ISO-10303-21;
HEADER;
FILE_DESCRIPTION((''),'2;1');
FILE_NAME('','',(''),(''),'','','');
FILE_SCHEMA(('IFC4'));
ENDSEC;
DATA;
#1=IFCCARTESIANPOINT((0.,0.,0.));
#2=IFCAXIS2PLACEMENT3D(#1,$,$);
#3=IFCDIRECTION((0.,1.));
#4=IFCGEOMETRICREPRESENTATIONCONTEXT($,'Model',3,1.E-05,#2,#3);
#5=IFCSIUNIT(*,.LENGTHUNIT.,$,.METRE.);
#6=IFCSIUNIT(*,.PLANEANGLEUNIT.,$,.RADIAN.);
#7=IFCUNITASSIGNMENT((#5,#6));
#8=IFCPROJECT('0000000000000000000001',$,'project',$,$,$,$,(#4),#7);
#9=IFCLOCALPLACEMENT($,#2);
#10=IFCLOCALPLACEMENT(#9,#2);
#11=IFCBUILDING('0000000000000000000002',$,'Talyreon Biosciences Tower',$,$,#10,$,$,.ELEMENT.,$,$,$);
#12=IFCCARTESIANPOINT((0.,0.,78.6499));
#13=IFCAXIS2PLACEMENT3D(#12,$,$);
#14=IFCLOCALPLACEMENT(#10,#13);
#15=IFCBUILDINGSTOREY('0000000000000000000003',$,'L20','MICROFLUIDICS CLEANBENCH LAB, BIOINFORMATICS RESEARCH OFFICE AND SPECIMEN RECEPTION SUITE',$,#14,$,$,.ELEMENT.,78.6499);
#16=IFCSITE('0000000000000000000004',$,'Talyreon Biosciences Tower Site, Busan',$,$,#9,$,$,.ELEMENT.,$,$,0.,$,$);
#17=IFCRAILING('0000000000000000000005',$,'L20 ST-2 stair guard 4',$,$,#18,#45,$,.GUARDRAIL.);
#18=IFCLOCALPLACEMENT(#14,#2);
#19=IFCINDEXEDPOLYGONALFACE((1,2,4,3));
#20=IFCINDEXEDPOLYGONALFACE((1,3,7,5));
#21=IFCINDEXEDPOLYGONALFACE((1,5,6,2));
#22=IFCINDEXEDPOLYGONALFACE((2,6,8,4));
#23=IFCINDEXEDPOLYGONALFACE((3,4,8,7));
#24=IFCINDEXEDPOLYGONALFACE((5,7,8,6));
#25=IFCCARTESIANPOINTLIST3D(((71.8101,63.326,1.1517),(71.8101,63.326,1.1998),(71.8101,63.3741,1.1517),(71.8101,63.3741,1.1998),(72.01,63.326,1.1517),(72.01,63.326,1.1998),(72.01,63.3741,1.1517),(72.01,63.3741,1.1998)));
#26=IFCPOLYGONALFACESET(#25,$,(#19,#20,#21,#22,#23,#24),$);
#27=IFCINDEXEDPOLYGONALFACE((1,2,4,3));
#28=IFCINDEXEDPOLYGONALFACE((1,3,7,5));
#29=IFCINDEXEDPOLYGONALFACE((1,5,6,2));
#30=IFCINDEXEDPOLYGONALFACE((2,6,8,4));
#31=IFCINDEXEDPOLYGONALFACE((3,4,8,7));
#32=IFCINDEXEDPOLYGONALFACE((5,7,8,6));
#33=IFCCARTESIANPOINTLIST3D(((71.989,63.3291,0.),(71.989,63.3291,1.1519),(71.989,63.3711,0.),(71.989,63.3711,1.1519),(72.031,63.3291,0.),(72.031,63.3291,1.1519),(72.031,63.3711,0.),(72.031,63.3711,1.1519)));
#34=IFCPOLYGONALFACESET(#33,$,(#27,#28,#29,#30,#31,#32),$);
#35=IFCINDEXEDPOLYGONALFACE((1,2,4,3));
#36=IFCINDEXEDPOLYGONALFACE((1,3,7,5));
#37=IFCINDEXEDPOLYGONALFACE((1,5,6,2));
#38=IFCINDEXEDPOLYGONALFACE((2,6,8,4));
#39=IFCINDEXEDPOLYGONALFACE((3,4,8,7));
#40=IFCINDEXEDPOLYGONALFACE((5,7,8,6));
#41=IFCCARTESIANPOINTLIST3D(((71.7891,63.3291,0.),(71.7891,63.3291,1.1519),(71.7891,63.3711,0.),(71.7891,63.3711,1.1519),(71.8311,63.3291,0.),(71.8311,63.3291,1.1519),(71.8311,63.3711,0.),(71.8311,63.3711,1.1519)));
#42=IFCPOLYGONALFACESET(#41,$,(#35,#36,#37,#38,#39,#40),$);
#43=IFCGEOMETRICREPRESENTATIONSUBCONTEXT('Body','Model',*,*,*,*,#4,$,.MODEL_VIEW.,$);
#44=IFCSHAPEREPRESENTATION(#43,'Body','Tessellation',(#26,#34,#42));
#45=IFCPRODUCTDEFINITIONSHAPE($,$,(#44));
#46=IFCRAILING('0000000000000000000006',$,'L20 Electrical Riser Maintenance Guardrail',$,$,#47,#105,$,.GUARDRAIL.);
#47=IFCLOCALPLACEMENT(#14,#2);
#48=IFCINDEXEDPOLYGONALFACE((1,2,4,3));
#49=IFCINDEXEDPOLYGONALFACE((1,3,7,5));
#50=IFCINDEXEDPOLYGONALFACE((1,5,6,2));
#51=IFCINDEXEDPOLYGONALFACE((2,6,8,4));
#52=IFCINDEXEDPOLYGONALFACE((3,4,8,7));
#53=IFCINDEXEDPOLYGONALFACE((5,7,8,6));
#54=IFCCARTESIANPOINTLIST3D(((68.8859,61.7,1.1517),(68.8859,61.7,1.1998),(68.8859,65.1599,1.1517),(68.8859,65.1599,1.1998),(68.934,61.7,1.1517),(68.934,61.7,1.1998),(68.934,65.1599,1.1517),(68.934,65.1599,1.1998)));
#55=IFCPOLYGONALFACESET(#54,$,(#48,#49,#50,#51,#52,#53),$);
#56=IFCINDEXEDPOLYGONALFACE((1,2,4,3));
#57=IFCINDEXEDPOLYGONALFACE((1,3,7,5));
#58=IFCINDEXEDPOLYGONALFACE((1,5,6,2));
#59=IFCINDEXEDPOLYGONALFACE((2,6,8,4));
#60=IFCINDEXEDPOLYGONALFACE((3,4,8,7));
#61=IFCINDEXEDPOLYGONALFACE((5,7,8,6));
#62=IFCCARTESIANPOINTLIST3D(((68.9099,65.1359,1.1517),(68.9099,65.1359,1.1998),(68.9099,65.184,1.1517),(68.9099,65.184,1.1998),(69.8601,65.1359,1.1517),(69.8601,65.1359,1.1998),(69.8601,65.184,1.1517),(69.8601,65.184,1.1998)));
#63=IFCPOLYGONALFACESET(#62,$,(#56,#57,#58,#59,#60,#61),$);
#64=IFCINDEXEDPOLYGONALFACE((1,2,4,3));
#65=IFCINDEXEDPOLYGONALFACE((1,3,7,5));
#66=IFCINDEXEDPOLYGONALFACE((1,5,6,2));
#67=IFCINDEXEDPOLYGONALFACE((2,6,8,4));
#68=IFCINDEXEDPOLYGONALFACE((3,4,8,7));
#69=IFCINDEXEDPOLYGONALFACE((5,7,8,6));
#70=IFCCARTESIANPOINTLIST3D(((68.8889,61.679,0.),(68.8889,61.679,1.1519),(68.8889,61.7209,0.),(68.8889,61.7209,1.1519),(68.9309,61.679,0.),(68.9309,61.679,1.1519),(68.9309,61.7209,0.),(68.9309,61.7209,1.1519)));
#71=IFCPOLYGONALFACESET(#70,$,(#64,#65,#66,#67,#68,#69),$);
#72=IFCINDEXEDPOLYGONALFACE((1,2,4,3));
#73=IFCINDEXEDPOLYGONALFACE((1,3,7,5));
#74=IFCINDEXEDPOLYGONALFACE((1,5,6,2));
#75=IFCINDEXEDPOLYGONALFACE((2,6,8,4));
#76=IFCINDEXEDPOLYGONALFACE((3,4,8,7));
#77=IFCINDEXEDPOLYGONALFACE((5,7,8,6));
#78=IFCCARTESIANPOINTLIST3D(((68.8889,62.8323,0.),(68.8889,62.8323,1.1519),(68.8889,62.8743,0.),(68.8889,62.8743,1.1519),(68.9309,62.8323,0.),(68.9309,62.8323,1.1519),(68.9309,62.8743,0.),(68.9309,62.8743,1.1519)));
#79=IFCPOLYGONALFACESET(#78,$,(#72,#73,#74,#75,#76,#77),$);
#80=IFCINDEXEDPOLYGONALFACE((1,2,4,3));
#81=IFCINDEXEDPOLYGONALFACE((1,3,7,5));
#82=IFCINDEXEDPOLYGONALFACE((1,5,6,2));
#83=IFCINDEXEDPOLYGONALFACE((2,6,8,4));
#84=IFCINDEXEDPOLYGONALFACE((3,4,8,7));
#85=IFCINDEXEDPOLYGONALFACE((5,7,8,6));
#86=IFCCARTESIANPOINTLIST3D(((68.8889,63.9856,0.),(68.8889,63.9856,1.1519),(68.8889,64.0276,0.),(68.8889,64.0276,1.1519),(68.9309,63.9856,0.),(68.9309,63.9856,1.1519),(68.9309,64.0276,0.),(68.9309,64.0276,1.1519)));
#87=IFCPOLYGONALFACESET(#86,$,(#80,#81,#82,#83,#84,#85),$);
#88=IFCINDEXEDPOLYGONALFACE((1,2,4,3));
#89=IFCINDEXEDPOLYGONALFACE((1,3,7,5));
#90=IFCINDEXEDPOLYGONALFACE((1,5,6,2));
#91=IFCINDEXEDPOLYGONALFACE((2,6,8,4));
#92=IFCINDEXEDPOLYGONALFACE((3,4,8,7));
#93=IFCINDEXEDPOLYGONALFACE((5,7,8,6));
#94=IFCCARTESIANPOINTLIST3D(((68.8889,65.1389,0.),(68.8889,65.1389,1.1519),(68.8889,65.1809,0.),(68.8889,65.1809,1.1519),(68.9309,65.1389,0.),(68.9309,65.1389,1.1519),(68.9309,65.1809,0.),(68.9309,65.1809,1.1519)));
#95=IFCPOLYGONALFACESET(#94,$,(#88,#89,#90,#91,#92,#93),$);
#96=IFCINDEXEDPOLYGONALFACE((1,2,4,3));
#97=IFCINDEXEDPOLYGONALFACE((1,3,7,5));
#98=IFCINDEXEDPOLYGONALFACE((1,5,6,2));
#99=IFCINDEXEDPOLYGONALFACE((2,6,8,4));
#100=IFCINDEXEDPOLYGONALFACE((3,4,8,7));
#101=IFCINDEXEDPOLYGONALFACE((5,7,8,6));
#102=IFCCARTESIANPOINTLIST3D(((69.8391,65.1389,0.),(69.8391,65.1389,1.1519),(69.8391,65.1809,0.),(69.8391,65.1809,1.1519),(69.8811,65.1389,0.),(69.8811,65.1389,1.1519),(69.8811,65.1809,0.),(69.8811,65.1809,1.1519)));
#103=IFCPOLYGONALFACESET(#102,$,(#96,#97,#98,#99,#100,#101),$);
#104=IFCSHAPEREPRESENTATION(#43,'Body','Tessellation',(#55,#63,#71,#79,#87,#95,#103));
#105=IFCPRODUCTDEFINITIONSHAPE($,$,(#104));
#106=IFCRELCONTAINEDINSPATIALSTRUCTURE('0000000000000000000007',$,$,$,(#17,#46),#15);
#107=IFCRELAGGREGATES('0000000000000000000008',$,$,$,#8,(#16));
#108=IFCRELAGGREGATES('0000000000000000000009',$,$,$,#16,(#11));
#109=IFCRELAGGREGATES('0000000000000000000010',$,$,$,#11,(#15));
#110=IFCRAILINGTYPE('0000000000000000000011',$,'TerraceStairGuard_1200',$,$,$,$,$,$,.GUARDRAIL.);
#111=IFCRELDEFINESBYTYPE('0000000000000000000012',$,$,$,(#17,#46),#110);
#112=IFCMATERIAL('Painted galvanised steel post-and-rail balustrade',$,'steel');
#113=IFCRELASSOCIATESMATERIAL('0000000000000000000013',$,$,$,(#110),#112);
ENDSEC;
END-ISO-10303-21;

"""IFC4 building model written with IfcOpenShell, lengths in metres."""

from ifc_helpers import new_model, si_unit, direction, frame, origin, origin_2d, place, context, subcontext, project, spatial, rectangle, extrude, material, type_object, element, save


model = new_model("IFC4")

# Units and contexts
model_context = context("Model", 3, precision=1e-05, world=origin(), true_north=direction((0.0, 1.0)))
body_context = subcontext(model_context, "Body", "Model", "MODEL_VIEW")
ifc_project = project(units=[si_unit("LENGTHUNIT", "METRE"), si_unit("PLANEANGLEUNIT", "RADIAN")], contexts=[model_context])

# Site, building, storey
site_placement = place(None, origin())
site = spatial("IfcSite", under=ifc_project, at=site_placement, Name="Talyreon Biosciences Tower Site, Busan", CompositionType="ELEMENT", RefElevation=0.0)
building_placement = place(site_placement, origin())
building = spatial("IfcBuilding", under=site, at=building_placement, Name="Talyreon Biosciences Tower", CompositionType="ELEMENT")
storey_placement = place(building_placement, frame((0.0, 0.0, 78.6499)))
storey = spatial("IfcBuildingStorey", under=building, at=storey_placement, Name="L20", Description="MICROFLUIDICS CLEANBENCH LAB, BIOINFORMATICS RESEARCH OFFICE AND SPECIMEN RECEPTION SUITE", CompositionType="ELEMENT", Elevation=78.6499)

# Railings
ifc_material_1 = material(Name="Painted galvanised steel post-and-rail balustrade", Category="steel")
railing_type_1 = type_object("IfcRailingType", Name="TerraceStairGuard_1200", PredefinedType="GUARDRAIL", material=ifc_material_1)
railing_1_placement = place(storey_placement, frame((72.01, 63.3501, 0.0)))
element("IfcRailing", 1, at=railing_1_placement, inside=storey, type_object=railing_type_1, Name="L20 ST-2 stair guard 4", PredefinedType="GUARDRAIL", context=body_context, shape_type="SweptSolid", body=[
    extrude(rectangle(XDim=0.0481, YDim=0.0481, at=origin_2d()), frame((0.0, 0.0, 1.1758), z_axis=(-1.0, 0.0, 0.0), x_axis=(0.0, -1.0, 0.0)), (0.0, 0.0, 1.0), 0.2),
    extrude(rectangle(XDim=0.042, YDim=0.042, at=origin_2d()), origin(), (0.0, 0.0, 1.0), 1.1519),
    extrude(rectangle(XDim=0.042, YDim=0.042, at=origin_2d()), frame((-0.2, 0.0, 0.0)), (0.0, 0.0, 1.0), 1.1519),
])
railing_2_placement = place(storey_placement, frame((68.9099, 61.7, 0.0)))
element("IfcRailing", 2, at=railing_2_placement, inside=storey, type_object=railing_type_1, Name="L20 Electrical Riser Maintenance Guardrail", PredefinedType="GUARDRAIL", context=body_context, shape_type="SweptSolid", body=[
    extrude(rectangle(XDim=0.0481, YDim=0.0481, at=origin_2d()), frame((0.0, 0.0, 1.1758), z_axis=(0.0, 1.0, 0.0), x_axis=(-1.0, 0.0, 0.0)), (0.0, 0.0, 1.0), 3.46),
    extrude(rectangle(XDim=0.0481, YDim=0.0481, at=origin_2d()), frame((0.0, 3.46, 1.1758), z_axis=(1.0, 0.0, 0.0), x_axis=(0.0, 1.0, 0.0)), (0.0, 0.0, 1.0), 0.9502),
    extrude(rectangle(XDim=0.042, YDim=0.042, at=origin_2d()), origin(), (0.0, 0.0, 1.0), 1.1519),
    extrude(rectangle(XDim=0.042, YDim=0.042, at=origin_2d()), frame((0.0, 1.1533, 0.0)), (0.0, 0.0, 1.0), 1.1519),
    extrude(rectangle(XDim=0.042, YDim=0.042, at=origin_2d()), frame((0.0, 2.3066, 0.0)), (0.0, 0.0, 1.0), 1.1519),
    extrude(rectangle(XDim=0.042, YDim=0.042, at=origin_2d()), frame((0.0, 3.46, 0.0)), (0.0, 0.0, 1.0), 1.1519),
    extrude(rectangle(XDim=0.042, YDim=0.042, at=origin_2d()), frame((0.9502, 3.46, 0.0)), (0.0, 0.0, 1.0), 1.1519),
])

save(model, "model.ifc")
